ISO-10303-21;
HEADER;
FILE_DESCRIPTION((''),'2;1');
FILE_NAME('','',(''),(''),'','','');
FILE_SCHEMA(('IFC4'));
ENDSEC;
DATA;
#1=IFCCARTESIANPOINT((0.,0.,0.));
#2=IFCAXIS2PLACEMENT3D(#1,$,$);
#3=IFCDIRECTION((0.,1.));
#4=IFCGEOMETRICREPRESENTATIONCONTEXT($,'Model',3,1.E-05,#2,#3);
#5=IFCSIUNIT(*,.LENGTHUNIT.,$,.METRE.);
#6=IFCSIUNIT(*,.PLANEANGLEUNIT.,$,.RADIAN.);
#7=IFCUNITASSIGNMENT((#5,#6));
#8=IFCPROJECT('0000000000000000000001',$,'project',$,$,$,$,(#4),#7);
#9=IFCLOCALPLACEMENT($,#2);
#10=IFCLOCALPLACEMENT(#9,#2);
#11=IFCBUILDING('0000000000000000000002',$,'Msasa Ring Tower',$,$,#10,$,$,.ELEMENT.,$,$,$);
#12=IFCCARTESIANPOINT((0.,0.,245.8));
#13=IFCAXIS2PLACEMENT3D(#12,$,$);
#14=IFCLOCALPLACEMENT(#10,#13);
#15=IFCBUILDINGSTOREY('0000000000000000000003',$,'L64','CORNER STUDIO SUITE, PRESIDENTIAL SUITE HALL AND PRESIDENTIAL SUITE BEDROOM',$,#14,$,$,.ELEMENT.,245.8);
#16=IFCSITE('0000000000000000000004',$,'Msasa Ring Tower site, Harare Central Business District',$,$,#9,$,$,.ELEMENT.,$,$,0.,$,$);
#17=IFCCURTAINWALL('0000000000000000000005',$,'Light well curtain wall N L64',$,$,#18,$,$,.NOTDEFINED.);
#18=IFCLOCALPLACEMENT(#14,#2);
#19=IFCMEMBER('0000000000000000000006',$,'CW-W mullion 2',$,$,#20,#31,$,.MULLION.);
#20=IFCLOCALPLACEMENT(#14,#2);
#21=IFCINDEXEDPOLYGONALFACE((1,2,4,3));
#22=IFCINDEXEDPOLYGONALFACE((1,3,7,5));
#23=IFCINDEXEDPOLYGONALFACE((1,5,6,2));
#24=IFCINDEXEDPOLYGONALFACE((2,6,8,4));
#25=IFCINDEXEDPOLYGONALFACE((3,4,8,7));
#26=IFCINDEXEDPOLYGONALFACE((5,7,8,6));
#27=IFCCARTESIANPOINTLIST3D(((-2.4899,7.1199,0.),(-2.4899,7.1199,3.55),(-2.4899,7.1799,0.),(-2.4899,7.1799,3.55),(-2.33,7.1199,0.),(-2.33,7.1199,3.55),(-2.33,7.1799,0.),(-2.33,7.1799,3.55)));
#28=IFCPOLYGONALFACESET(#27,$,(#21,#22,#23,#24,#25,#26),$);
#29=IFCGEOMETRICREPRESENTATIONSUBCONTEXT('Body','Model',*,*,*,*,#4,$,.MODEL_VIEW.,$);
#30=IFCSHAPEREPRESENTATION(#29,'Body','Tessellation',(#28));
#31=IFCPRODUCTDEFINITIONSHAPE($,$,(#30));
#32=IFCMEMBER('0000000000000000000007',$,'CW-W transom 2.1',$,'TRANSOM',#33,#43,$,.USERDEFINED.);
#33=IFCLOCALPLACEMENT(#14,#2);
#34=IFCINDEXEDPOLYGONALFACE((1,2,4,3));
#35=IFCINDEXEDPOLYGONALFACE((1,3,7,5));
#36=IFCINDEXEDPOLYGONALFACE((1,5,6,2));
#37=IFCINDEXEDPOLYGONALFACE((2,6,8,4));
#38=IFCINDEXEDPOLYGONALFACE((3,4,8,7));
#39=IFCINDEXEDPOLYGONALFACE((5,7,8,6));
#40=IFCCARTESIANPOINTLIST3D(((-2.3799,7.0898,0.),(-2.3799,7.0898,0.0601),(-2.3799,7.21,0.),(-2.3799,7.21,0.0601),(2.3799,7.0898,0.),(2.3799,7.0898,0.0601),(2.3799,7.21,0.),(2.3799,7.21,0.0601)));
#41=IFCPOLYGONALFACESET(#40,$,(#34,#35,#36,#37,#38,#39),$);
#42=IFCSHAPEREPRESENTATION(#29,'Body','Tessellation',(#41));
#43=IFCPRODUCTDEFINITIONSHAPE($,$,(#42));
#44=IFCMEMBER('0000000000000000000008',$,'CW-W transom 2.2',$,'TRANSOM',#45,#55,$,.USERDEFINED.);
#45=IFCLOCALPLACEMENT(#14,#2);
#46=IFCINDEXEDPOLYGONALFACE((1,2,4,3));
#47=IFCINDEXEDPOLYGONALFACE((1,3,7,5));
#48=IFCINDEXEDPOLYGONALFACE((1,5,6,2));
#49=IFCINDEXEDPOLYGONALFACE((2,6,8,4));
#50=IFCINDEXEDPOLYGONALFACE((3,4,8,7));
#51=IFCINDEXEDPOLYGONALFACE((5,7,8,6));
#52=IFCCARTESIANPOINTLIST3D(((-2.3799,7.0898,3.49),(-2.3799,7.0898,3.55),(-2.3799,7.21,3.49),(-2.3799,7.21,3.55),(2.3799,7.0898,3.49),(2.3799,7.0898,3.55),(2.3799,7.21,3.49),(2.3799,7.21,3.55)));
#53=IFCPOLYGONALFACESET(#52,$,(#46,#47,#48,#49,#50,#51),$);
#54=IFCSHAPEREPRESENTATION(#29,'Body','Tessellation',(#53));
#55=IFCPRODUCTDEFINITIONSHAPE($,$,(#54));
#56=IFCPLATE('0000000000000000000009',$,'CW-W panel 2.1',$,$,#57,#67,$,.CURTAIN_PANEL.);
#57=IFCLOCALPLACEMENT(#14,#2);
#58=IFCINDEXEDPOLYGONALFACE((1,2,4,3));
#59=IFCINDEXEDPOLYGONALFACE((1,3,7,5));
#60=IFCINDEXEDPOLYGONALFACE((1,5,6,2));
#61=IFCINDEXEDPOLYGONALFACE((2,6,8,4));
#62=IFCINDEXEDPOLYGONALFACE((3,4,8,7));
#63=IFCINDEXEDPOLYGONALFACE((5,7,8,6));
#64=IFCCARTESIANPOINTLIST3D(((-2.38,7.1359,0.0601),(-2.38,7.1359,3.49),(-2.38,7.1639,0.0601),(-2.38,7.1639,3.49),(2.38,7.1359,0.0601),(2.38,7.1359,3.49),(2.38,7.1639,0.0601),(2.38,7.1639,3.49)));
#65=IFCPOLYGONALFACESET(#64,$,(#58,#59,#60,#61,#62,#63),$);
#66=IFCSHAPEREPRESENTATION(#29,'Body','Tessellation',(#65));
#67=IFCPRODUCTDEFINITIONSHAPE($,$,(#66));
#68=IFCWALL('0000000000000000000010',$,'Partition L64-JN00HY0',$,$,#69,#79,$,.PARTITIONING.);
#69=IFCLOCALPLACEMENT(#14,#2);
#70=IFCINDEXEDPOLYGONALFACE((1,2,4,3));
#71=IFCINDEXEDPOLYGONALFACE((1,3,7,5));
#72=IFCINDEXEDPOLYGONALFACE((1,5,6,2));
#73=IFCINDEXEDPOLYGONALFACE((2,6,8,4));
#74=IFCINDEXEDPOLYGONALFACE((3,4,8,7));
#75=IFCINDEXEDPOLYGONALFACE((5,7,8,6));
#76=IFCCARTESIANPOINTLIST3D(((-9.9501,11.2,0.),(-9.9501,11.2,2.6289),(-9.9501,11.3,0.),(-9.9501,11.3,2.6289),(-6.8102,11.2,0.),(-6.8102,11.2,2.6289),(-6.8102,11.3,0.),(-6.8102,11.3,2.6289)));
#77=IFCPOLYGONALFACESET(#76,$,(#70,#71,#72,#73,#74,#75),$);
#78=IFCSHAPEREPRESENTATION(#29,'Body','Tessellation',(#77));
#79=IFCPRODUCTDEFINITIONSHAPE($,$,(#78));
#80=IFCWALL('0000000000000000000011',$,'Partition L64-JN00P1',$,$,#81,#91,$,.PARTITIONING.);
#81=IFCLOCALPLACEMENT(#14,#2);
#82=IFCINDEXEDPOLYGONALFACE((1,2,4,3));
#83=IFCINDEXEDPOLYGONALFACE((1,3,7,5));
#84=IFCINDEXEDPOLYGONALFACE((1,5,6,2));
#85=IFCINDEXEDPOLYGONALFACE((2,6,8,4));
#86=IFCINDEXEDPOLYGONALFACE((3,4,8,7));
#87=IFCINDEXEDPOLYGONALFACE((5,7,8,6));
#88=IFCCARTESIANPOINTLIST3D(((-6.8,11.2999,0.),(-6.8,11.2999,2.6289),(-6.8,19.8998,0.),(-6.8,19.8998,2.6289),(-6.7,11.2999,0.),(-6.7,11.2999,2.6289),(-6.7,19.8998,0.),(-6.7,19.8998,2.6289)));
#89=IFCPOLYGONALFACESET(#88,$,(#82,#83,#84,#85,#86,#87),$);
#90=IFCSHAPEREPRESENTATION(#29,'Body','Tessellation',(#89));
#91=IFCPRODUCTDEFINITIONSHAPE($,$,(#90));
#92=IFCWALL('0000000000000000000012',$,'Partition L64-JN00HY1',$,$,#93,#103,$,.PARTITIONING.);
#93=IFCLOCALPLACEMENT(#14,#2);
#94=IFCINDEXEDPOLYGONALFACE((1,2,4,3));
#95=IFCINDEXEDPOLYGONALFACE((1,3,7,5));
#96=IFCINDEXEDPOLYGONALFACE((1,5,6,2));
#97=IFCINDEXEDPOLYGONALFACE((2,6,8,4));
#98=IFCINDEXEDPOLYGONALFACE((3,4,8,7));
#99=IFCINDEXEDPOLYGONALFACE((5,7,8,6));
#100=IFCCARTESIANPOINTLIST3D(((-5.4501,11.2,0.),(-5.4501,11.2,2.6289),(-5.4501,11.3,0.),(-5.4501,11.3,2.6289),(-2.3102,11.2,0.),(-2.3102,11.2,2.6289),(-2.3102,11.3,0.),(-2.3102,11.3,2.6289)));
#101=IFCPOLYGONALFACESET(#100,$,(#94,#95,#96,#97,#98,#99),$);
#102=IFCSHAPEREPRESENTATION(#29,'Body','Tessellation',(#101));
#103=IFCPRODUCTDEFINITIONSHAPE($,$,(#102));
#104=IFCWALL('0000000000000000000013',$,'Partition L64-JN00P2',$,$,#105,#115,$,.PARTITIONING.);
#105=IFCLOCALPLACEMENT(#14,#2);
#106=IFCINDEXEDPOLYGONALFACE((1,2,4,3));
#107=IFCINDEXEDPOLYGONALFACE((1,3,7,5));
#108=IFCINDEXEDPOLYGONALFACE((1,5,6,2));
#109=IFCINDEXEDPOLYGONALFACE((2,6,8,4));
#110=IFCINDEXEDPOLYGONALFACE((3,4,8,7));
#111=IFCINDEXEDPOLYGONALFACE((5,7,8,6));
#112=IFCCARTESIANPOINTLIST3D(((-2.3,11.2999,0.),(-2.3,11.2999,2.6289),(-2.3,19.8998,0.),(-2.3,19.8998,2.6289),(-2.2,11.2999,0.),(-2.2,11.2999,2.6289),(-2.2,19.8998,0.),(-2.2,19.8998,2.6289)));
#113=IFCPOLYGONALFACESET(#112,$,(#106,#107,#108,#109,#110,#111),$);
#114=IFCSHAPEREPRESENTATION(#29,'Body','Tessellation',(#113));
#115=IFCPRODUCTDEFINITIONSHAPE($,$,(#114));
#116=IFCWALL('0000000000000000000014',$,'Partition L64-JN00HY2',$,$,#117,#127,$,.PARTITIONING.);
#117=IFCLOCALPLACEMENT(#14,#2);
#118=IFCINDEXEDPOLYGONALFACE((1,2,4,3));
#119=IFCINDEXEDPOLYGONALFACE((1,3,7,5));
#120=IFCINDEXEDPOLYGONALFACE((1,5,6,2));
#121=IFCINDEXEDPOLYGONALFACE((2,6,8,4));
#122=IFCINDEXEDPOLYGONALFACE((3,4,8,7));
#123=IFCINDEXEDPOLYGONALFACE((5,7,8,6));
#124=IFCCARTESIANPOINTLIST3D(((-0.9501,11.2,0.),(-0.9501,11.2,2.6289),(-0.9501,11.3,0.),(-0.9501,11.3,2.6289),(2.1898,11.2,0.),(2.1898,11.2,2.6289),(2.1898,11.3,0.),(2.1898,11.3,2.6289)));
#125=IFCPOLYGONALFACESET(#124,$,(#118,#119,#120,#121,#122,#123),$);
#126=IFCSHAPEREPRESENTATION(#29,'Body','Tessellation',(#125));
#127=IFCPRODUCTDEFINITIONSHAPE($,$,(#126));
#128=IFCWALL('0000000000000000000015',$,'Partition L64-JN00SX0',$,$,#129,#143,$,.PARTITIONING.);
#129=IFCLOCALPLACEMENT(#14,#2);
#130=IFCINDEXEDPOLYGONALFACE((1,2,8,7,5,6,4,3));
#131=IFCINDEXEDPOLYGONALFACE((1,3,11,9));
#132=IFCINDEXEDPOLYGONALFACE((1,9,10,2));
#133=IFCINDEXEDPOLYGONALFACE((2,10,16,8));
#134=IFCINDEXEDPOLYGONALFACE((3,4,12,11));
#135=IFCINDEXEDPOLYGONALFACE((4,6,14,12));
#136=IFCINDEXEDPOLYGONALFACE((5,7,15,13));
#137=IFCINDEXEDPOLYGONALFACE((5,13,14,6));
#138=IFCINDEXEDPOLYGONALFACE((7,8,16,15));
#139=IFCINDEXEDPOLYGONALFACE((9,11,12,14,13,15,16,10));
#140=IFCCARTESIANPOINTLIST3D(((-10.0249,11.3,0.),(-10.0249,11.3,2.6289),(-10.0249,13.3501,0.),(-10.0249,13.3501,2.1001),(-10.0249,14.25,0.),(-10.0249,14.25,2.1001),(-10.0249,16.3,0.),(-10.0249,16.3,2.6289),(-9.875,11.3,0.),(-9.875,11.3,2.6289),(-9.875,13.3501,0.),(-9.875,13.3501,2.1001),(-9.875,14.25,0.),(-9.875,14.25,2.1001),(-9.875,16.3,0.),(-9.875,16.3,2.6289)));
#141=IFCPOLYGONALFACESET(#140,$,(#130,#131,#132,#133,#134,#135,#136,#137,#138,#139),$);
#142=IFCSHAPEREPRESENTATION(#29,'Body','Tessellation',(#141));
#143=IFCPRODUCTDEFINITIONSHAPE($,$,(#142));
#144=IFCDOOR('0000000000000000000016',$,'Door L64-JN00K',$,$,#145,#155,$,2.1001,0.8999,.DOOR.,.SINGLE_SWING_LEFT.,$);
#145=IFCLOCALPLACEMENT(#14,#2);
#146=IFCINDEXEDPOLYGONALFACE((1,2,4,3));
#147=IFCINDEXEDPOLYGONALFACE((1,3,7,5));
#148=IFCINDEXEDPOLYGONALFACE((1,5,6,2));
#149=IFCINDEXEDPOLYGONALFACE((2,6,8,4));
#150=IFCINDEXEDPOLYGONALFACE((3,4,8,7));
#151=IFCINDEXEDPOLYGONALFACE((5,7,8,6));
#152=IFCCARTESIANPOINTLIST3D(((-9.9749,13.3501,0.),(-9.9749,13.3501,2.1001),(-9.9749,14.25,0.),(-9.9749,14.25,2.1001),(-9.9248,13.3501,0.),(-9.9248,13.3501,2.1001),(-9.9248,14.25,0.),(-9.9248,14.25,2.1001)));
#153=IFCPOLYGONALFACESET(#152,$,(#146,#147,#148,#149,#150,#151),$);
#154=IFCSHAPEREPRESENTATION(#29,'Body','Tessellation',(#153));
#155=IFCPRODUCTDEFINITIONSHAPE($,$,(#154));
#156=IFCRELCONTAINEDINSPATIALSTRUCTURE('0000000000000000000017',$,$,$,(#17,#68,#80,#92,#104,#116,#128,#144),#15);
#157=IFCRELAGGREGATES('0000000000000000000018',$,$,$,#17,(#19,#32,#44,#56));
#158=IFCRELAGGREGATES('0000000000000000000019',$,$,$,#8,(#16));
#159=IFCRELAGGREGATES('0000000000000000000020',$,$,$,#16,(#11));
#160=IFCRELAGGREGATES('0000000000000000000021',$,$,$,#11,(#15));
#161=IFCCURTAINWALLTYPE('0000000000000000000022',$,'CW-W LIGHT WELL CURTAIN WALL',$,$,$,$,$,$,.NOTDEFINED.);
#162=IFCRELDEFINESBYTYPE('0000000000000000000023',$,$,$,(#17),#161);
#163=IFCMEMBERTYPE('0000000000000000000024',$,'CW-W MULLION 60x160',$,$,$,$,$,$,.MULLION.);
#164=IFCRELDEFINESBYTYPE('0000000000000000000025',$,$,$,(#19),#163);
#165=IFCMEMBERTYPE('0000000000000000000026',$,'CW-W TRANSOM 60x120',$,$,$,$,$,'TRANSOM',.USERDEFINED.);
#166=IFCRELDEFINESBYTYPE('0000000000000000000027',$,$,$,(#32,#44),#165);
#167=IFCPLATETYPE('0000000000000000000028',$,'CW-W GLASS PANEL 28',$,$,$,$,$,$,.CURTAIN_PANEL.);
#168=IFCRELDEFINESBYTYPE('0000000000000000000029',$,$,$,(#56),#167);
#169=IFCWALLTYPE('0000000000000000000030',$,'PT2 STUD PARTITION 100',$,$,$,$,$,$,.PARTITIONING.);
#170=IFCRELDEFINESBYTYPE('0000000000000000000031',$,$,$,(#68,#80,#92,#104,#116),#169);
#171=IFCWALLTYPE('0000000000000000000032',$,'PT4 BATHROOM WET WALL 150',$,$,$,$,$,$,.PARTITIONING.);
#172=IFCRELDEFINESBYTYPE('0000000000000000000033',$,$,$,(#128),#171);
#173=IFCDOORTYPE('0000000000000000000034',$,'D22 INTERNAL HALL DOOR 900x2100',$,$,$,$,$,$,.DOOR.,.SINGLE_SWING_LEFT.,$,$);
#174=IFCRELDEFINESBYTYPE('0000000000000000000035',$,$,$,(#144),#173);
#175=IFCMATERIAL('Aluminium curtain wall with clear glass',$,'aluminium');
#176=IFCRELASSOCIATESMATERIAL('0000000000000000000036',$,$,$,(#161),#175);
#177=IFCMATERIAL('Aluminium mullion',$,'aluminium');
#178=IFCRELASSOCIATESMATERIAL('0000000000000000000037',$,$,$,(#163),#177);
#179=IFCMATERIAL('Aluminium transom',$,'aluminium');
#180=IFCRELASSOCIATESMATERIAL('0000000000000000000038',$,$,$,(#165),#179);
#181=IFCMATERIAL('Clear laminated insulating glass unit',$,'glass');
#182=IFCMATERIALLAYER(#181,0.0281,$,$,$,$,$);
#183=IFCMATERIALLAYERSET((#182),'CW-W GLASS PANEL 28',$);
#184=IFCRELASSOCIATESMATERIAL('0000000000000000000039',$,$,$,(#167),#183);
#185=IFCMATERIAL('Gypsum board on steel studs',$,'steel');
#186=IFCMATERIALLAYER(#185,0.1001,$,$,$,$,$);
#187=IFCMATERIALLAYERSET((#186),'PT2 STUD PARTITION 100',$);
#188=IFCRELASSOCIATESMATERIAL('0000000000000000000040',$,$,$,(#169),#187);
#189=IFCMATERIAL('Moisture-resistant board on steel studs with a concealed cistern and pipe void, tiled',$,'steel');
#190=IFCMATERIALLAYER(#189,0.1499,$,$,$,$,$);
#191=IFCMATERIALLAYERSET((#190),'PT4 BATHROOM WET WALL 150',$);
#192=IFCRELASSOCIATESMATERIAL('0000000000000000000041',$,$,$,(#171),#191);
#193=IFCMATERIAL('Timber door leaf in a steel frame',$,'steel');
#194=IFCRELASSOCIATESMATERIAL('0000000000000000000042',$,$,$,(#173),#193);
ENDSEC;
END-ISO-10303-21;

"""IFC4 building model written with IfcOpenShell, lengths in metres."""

from ifc_helpers import new_model, si_unit, direction, frame, frame_2d, origin, origin_2d, place, context, subcontext, project, spatial, rectangle, extrude, material, layer, layer_set, material_profile, profile_set, type_object, element, fill, aggregate, save


model = new_model("IFC4")

# Units and contexts
model_context = context("Model", 3, precision=1e-05, world=origin(), true_north=direction((0.0, 1.0)))
body_context = subcontext(model_context, "Body", "Model", "MODEL_VIEW")
ifc_project = project(units=[si_unit("LENGTHUNIT", "METRE"), si_unit("PLANEANGLEUNIT", "RADIAN")], contexts=[model_context])

# Site, building, storey
site_placement = place(None, origin())
site = spatial("IfcSite", under=ifc_project, at=site_placement, Name="Msasa Ring Tower site, Harare Central Business District", CompositionType="ELEMENT", RefElevation=0.0)
building_placement = place(site_placement, origin())
building = spatial("IfcBuilding", under=site, at=building_placement, Name="Msasa Ring Tower", CompositionType="ELEMENT")
storey_placement = place(building_placement, frame((0.0, 0.0, 245.8)))
storey = spatial("IfcBuildingStorey", under=building, at=storey_placement, Name="L64", Description="CORNER STUDIO SUITE, PRESIDENTIAL SUITE HALL AND PRESIDENTIAL SUITE BEDROOM", CompositionType="ELEMENT", Elevation=245.8)

# Curtain wall, members, plate
ifc_material_1 = material(Name="Aluminium curtain wall with clear glass", Category="aluminium")
curtain_wall_type = type_object("IfcCurtainWallType", Name="CW-W LIGHT WELL CURTAIN WALL", PredefinedType="NOTDEFINED", material=ifc_material_1)
curtain_wall_placement = place(storey_placement, origin())
curtain_wall = element("IfcCurtainWall", 1, at=curtain_wall_placement, inside=storey, type_object=curtain_wall_type, Name="Light well curtain wall N L64", PredefinedType="NOTDEFINED")
ifc_material_2 = material(Name="Aluminium mullion", Category="aluminium")
ifc_material_profile_1 = material_profile(ifc_material_2, rectangle(XDim=0.0601, YDim=0.1599, at=origin_2d()), Name="AL 60x160")
ifc_profile_set_1 = profile_set([ifc_material_profile_1], Name="Aluminium mullion")
member_type_1 = type_object("IfcMemberType", Name="CW-W MULLION 60x160", PredefinedType="MULLION", material=ifc_profile_set_1)
member_1_placement = place(storey_placement, frame((-2.4099, 7.1499, 0.0), z_axis=(0.0, 0.0, 1.0), x_axis=(0.0, 1.0, 0.0)))
member_1 = element("IfcMember", 2, at=member_1_placement, type_object=member_type_1, Name="CW-W mullion 2", PredefinedType="MULLION", context=body_context, shape_type="SweptSolid", body=[
    extrude(rectangle(XDim=0.0601, YDim=0.1599, at=origin_2d()), origin(), (0.0, 0.0, 1.0), 3.55),
])
ifc_material_3 = material(Name="Aluminium transom", Category="aluminium")
ifc_material_profile_2 = material_profile(ifc_material_3, rectangle(XDim=0.1201, YDim=0.0601, at=origin_2d()), Name="AL 60x120")
ifc_profile_set_2 = profile_set([ifc_material_profile_2], Name="Aluminium transom")
member_type_2 = type_object("IfcMemberType", Name="CW-W TRANSOM 60x120", ElementType="TRANSOM", PredefinedType="USERDEFINED", material=ifc_profile_set_2)
member_2_placement = place(storey_placement, frame((-2.3799, 7.1499, 0.03), z_axis=(1.0, 0.0, 0.0), x_axis=(0.0, 1.0, 0.0)))
member_2 = element("IfcMember", 3, at=member_2_placement, type_object=member_type_2, Name="CW-W transom 2.1", ObjectType="TRANSOM", PredefinedType="USERDEFINED", context=body_context, shape_type="SweptSolid", body=[
    extrude(rectangle(XDim=0.1201, YDim=0.0601, at=origin_2d()), origin(), (0.0, 0.0, 1.0), 4.7598),
])
member_3_placement = place(storey_placement, frame((-2.3799, 7.1499, 3.52), z_axis=(1.0, 0.0, 0.0), x_axis=(0.0, 1.0, 0.0)))
member_3 = element("IfcMember", 4, at=member_3_placement, type_object=member_type_2, Name="CW-W transom 2.2", ObjectType="TRANSOM", PredefinedType="USERDEFINED", context=body_context, shape_type="SweptSolid", body=[
    extrude(rectangle(XDim=0.1201, YDim=0.0601, at=origin_2d()), origin(), (0.0, 0.0, 1.0), 4.7598),
])
ifc_material_4 = material(Name="Clear laminated insulating glass unit", Category="glass")
ifc_layer_1 = layer(ifc_material_4, 0.0281)
ifc_layer_set_1 = layer_set([ifc_layer_1], Name="CW-W GLASS PANEL 28")
plate_type = type_object("IfcPlateType", Name="CW-W GLASS PANEL 28", PredefinedType="CURTAIN_PANEL", material=ifc_layer_set_1)
plate_placement = place(storey_placement, frame((0.0, 7.1499, 0.0601), z_axis=(0.0, 0.0, 1.0), x_axis=(1.0, 0.0, 0.0)))
plate = element("IfcPlate", 5, at=plate_placement, type_object=plate_type, Name="CW-W panel 2.1", PredefinedType="CURTAIN_PANEL", context=body_context, shape_type="SweptSolid", body=[
    extrude(rectangle(XDim=4.76, YDim=0.0281, at=origin_2d()), origin(), (0.0, 0.0, 1.0), 3.4299),
])
aggregate(curtain_wall, [member_1, member_2, member_3, plate])

# Walls
ifc_material_5 = material(Name="Gypsum board on steel studs", Category="steel")
ifc_layer_2 = layer(ifc_material_5, 0.1001)
ifc_layer_set_2 = layer_set([ifc_layer_2], Name="PT2 STUD PARTITION 100")
wall_type_1 = type_object("IfcWallType", Name="PT2 STUD PARTITION 100", PredefinedType="PARTITIONING", material=ifc_layer_set_2)
wall_1_placement = place(storey_placement, frame((-9.95, 11.25, 0.0), z_axis=(0.0, 0.0, 1.0), x_axis=(1.0, 0.0, 0.0)))
element("IfcWall", 6, at=wall_1_placement, inside=storey, type_object=wall_type_1, Name="Partition L64-JN00HY0", PredefinedType="PARTITIONING", context=body_context, shape_type="SweptSolid", body=[
    extrude(rectangle(XDim=3.1399, YDim=0.1001, at=frame_2d((1.5698, 0.0))), origin(), (0.0, 0.0, 1.0), 2.6289),
])
wall_2_placement = place(storey_placement, frame((-6.75, 11.3, 0.0), z_axis=(0.0, 0.0, 1.0), x_axis=(0.0, 1.0, 0.0)))
element("IfcWall", 7, at=wall_2_placement, inside=storey, type_object=wall_type_1, Name="Partition L64-JN00P1", PredefinedType="PARTITIONING", context=body_context, shape_type="SweptSolid", body=[
    extrude(rectangle(XDim=8.5999, YDim=0.1001, at=frame_2d((4.2998, 0.0))), origin(), (0.0, 0.0, 1.0), 2.6289),
])
wall_3_placement = place(storey_placement, frame((-5.45, 11.25, 0.0), z_axis=(0.0, 0.0, 1.0), x_axis=(1.0, 0.0, 0.0)))
element("IfcWall", 8, at=wall_3_placement, inside=storey, type_object=wall_type_1, Name="Partition L64-JN00HY1", PredefinedType="PARTITIONING", context=body_context, shape_type="SweptSolid", body=[
    extrude(rectangle(XDim=3.1399, YDim=0.1001, at=frame_2d((1.5698, 0.0))), origin(), (0.0, 0.0, 1.0), 2.6289),
])
wall_4_placement = place(storey_placement, frame((-2.25, 11.3, 0.0), z_axis=(0.0, 0.0, 1.0), x_axis=(0.0, 1.0, 0.0)))
element("IfcWall", 9, at=wall_4_placement, inside=storey, type_object=wall_type_1, Name="Partition L64-JN00P2", PredefinedType="PARTITIONING", context=body_context, shape_type="SweptSolid", body=[
    extrude(rectangle(XDim=8.5999, YDim=0.1001, at=frame_2d((4.2998, 0.0))), origin(), (0.0, 0.0, 1.0), 2.6289),
])
wall_5_placement = place(storey_placement, frame((-0.95, 11.25, 0.0), z_axis=(0.0, 0.0, 1.0), x_axis=(1.0, 0.0, 0.0)))
element("IfcWall", 10, at=wall_5_placement, inside=storey, type_object=wall_type_1, Name="Partition L64-JN00HY2", PredefinedType="PARTITIONING", context=body_context, shape_type="SweptSolid", body=[
    extrude(rectangle(XDim=3.1399, YDim=0.1001, at=frame_2d((1.5698, 0.0))), origin(), (0.0, 0.0, 1.0), 2.6289),
])

# Wall, opening, door
ifc_material_6 = material(Name="Moisture-resistant board on steel studs with a concealed cistern and pipe void, tiled", Category="steel")
ifc_layer_3 = layer(ifc_material_6, 0.1499)
ifc_layer_set_3 = layer_set([ifc_layer_3], Name="PT4 BATHROOM WET WALL 150")
wall_type_2 = type_object("IfcWallType", Name="PT4 BATHROOM WET WALL 150", PredefinedType="PARTITIONING", material=ifc_layer_set_3)
wall_6_placement = place(storey_placement, frame((-9.95, 11.3, 0.0), z_axis=(0.0, 0.0, 1.0), x_axis=(0.0, 1.0, 0.0)))
wall_6 = element("IfcWall", 11, at=wall_6_placement, inside=storey, type_object=wall_type_2, Name="Partition L64-JN00SX0", PredefinedType="PARTITIONING", context=body_context, shape_type="SweptSolid", body=[
    extrude(rectangle(XDim=5.0, YDim=0.1499, at=frame_2d((2.5, 0.0))), origin(), (0.0, 0.0, 1.0), 2.6289),
])
opening_1_placement = place(wall_6_placement, frame((2.05, 0.0, 0.0)))
opening_1 = element("IfcOpeningElement", 12, at=opening_1_placement, cuts=wall_6, PredefinedType="OPENING", context=body_context, shape_type="SweptSolid", body=[
    extrude(rectangle(XDim=0.8999, YDim=2.1001, at=frame_2d((0.45, 1.05))), frame((0.0, 0.085, 0.0), z_axis=(0.0, -1.0, 0.0), x_axis=(1.0, 0.0, 0.0)), (0.0, 0.0, 1.0), 0.1699),
])
ifc_material_7 = material(Name="Timber door leaf in a steel frame", Category="steel")
door_type_1 = type_object("IfcDoorType", Name="D22 INTERNAL HALL DOOR 900x2100", OperationType="SINGLE_SWING_LEFT", PredefinedType="DOOR", material=ifc_material_7)
door_1_placement = place(opening_1_placement, origin())
door_1 = element("IfcDoor", 13, at=door_1_placement, inside=storey, type_object=door_type_1, Name="Door L64-JN00K", OperationType="SINGLE_SWING_LEFT", OverallHeight=2.1001, OverallWidth=0.8999, PredefinedType="DOOR", context=body_context, shape_type="SweptSolid", body=[
    extrude(rectangle(XDim=0.8999, YDim=2.1001, at=frame_2d((0.45, 1.05))), frame((0.0, 0.0249, 0.0), z_axis=(0.0, -1.0, 0.0), x_axis=(1.0, 0.0, 0.0)), (0.0, 0.0, 1.0), 0.05),
])
fill(opening_1, door_1)

save(model, "model.ifc")
